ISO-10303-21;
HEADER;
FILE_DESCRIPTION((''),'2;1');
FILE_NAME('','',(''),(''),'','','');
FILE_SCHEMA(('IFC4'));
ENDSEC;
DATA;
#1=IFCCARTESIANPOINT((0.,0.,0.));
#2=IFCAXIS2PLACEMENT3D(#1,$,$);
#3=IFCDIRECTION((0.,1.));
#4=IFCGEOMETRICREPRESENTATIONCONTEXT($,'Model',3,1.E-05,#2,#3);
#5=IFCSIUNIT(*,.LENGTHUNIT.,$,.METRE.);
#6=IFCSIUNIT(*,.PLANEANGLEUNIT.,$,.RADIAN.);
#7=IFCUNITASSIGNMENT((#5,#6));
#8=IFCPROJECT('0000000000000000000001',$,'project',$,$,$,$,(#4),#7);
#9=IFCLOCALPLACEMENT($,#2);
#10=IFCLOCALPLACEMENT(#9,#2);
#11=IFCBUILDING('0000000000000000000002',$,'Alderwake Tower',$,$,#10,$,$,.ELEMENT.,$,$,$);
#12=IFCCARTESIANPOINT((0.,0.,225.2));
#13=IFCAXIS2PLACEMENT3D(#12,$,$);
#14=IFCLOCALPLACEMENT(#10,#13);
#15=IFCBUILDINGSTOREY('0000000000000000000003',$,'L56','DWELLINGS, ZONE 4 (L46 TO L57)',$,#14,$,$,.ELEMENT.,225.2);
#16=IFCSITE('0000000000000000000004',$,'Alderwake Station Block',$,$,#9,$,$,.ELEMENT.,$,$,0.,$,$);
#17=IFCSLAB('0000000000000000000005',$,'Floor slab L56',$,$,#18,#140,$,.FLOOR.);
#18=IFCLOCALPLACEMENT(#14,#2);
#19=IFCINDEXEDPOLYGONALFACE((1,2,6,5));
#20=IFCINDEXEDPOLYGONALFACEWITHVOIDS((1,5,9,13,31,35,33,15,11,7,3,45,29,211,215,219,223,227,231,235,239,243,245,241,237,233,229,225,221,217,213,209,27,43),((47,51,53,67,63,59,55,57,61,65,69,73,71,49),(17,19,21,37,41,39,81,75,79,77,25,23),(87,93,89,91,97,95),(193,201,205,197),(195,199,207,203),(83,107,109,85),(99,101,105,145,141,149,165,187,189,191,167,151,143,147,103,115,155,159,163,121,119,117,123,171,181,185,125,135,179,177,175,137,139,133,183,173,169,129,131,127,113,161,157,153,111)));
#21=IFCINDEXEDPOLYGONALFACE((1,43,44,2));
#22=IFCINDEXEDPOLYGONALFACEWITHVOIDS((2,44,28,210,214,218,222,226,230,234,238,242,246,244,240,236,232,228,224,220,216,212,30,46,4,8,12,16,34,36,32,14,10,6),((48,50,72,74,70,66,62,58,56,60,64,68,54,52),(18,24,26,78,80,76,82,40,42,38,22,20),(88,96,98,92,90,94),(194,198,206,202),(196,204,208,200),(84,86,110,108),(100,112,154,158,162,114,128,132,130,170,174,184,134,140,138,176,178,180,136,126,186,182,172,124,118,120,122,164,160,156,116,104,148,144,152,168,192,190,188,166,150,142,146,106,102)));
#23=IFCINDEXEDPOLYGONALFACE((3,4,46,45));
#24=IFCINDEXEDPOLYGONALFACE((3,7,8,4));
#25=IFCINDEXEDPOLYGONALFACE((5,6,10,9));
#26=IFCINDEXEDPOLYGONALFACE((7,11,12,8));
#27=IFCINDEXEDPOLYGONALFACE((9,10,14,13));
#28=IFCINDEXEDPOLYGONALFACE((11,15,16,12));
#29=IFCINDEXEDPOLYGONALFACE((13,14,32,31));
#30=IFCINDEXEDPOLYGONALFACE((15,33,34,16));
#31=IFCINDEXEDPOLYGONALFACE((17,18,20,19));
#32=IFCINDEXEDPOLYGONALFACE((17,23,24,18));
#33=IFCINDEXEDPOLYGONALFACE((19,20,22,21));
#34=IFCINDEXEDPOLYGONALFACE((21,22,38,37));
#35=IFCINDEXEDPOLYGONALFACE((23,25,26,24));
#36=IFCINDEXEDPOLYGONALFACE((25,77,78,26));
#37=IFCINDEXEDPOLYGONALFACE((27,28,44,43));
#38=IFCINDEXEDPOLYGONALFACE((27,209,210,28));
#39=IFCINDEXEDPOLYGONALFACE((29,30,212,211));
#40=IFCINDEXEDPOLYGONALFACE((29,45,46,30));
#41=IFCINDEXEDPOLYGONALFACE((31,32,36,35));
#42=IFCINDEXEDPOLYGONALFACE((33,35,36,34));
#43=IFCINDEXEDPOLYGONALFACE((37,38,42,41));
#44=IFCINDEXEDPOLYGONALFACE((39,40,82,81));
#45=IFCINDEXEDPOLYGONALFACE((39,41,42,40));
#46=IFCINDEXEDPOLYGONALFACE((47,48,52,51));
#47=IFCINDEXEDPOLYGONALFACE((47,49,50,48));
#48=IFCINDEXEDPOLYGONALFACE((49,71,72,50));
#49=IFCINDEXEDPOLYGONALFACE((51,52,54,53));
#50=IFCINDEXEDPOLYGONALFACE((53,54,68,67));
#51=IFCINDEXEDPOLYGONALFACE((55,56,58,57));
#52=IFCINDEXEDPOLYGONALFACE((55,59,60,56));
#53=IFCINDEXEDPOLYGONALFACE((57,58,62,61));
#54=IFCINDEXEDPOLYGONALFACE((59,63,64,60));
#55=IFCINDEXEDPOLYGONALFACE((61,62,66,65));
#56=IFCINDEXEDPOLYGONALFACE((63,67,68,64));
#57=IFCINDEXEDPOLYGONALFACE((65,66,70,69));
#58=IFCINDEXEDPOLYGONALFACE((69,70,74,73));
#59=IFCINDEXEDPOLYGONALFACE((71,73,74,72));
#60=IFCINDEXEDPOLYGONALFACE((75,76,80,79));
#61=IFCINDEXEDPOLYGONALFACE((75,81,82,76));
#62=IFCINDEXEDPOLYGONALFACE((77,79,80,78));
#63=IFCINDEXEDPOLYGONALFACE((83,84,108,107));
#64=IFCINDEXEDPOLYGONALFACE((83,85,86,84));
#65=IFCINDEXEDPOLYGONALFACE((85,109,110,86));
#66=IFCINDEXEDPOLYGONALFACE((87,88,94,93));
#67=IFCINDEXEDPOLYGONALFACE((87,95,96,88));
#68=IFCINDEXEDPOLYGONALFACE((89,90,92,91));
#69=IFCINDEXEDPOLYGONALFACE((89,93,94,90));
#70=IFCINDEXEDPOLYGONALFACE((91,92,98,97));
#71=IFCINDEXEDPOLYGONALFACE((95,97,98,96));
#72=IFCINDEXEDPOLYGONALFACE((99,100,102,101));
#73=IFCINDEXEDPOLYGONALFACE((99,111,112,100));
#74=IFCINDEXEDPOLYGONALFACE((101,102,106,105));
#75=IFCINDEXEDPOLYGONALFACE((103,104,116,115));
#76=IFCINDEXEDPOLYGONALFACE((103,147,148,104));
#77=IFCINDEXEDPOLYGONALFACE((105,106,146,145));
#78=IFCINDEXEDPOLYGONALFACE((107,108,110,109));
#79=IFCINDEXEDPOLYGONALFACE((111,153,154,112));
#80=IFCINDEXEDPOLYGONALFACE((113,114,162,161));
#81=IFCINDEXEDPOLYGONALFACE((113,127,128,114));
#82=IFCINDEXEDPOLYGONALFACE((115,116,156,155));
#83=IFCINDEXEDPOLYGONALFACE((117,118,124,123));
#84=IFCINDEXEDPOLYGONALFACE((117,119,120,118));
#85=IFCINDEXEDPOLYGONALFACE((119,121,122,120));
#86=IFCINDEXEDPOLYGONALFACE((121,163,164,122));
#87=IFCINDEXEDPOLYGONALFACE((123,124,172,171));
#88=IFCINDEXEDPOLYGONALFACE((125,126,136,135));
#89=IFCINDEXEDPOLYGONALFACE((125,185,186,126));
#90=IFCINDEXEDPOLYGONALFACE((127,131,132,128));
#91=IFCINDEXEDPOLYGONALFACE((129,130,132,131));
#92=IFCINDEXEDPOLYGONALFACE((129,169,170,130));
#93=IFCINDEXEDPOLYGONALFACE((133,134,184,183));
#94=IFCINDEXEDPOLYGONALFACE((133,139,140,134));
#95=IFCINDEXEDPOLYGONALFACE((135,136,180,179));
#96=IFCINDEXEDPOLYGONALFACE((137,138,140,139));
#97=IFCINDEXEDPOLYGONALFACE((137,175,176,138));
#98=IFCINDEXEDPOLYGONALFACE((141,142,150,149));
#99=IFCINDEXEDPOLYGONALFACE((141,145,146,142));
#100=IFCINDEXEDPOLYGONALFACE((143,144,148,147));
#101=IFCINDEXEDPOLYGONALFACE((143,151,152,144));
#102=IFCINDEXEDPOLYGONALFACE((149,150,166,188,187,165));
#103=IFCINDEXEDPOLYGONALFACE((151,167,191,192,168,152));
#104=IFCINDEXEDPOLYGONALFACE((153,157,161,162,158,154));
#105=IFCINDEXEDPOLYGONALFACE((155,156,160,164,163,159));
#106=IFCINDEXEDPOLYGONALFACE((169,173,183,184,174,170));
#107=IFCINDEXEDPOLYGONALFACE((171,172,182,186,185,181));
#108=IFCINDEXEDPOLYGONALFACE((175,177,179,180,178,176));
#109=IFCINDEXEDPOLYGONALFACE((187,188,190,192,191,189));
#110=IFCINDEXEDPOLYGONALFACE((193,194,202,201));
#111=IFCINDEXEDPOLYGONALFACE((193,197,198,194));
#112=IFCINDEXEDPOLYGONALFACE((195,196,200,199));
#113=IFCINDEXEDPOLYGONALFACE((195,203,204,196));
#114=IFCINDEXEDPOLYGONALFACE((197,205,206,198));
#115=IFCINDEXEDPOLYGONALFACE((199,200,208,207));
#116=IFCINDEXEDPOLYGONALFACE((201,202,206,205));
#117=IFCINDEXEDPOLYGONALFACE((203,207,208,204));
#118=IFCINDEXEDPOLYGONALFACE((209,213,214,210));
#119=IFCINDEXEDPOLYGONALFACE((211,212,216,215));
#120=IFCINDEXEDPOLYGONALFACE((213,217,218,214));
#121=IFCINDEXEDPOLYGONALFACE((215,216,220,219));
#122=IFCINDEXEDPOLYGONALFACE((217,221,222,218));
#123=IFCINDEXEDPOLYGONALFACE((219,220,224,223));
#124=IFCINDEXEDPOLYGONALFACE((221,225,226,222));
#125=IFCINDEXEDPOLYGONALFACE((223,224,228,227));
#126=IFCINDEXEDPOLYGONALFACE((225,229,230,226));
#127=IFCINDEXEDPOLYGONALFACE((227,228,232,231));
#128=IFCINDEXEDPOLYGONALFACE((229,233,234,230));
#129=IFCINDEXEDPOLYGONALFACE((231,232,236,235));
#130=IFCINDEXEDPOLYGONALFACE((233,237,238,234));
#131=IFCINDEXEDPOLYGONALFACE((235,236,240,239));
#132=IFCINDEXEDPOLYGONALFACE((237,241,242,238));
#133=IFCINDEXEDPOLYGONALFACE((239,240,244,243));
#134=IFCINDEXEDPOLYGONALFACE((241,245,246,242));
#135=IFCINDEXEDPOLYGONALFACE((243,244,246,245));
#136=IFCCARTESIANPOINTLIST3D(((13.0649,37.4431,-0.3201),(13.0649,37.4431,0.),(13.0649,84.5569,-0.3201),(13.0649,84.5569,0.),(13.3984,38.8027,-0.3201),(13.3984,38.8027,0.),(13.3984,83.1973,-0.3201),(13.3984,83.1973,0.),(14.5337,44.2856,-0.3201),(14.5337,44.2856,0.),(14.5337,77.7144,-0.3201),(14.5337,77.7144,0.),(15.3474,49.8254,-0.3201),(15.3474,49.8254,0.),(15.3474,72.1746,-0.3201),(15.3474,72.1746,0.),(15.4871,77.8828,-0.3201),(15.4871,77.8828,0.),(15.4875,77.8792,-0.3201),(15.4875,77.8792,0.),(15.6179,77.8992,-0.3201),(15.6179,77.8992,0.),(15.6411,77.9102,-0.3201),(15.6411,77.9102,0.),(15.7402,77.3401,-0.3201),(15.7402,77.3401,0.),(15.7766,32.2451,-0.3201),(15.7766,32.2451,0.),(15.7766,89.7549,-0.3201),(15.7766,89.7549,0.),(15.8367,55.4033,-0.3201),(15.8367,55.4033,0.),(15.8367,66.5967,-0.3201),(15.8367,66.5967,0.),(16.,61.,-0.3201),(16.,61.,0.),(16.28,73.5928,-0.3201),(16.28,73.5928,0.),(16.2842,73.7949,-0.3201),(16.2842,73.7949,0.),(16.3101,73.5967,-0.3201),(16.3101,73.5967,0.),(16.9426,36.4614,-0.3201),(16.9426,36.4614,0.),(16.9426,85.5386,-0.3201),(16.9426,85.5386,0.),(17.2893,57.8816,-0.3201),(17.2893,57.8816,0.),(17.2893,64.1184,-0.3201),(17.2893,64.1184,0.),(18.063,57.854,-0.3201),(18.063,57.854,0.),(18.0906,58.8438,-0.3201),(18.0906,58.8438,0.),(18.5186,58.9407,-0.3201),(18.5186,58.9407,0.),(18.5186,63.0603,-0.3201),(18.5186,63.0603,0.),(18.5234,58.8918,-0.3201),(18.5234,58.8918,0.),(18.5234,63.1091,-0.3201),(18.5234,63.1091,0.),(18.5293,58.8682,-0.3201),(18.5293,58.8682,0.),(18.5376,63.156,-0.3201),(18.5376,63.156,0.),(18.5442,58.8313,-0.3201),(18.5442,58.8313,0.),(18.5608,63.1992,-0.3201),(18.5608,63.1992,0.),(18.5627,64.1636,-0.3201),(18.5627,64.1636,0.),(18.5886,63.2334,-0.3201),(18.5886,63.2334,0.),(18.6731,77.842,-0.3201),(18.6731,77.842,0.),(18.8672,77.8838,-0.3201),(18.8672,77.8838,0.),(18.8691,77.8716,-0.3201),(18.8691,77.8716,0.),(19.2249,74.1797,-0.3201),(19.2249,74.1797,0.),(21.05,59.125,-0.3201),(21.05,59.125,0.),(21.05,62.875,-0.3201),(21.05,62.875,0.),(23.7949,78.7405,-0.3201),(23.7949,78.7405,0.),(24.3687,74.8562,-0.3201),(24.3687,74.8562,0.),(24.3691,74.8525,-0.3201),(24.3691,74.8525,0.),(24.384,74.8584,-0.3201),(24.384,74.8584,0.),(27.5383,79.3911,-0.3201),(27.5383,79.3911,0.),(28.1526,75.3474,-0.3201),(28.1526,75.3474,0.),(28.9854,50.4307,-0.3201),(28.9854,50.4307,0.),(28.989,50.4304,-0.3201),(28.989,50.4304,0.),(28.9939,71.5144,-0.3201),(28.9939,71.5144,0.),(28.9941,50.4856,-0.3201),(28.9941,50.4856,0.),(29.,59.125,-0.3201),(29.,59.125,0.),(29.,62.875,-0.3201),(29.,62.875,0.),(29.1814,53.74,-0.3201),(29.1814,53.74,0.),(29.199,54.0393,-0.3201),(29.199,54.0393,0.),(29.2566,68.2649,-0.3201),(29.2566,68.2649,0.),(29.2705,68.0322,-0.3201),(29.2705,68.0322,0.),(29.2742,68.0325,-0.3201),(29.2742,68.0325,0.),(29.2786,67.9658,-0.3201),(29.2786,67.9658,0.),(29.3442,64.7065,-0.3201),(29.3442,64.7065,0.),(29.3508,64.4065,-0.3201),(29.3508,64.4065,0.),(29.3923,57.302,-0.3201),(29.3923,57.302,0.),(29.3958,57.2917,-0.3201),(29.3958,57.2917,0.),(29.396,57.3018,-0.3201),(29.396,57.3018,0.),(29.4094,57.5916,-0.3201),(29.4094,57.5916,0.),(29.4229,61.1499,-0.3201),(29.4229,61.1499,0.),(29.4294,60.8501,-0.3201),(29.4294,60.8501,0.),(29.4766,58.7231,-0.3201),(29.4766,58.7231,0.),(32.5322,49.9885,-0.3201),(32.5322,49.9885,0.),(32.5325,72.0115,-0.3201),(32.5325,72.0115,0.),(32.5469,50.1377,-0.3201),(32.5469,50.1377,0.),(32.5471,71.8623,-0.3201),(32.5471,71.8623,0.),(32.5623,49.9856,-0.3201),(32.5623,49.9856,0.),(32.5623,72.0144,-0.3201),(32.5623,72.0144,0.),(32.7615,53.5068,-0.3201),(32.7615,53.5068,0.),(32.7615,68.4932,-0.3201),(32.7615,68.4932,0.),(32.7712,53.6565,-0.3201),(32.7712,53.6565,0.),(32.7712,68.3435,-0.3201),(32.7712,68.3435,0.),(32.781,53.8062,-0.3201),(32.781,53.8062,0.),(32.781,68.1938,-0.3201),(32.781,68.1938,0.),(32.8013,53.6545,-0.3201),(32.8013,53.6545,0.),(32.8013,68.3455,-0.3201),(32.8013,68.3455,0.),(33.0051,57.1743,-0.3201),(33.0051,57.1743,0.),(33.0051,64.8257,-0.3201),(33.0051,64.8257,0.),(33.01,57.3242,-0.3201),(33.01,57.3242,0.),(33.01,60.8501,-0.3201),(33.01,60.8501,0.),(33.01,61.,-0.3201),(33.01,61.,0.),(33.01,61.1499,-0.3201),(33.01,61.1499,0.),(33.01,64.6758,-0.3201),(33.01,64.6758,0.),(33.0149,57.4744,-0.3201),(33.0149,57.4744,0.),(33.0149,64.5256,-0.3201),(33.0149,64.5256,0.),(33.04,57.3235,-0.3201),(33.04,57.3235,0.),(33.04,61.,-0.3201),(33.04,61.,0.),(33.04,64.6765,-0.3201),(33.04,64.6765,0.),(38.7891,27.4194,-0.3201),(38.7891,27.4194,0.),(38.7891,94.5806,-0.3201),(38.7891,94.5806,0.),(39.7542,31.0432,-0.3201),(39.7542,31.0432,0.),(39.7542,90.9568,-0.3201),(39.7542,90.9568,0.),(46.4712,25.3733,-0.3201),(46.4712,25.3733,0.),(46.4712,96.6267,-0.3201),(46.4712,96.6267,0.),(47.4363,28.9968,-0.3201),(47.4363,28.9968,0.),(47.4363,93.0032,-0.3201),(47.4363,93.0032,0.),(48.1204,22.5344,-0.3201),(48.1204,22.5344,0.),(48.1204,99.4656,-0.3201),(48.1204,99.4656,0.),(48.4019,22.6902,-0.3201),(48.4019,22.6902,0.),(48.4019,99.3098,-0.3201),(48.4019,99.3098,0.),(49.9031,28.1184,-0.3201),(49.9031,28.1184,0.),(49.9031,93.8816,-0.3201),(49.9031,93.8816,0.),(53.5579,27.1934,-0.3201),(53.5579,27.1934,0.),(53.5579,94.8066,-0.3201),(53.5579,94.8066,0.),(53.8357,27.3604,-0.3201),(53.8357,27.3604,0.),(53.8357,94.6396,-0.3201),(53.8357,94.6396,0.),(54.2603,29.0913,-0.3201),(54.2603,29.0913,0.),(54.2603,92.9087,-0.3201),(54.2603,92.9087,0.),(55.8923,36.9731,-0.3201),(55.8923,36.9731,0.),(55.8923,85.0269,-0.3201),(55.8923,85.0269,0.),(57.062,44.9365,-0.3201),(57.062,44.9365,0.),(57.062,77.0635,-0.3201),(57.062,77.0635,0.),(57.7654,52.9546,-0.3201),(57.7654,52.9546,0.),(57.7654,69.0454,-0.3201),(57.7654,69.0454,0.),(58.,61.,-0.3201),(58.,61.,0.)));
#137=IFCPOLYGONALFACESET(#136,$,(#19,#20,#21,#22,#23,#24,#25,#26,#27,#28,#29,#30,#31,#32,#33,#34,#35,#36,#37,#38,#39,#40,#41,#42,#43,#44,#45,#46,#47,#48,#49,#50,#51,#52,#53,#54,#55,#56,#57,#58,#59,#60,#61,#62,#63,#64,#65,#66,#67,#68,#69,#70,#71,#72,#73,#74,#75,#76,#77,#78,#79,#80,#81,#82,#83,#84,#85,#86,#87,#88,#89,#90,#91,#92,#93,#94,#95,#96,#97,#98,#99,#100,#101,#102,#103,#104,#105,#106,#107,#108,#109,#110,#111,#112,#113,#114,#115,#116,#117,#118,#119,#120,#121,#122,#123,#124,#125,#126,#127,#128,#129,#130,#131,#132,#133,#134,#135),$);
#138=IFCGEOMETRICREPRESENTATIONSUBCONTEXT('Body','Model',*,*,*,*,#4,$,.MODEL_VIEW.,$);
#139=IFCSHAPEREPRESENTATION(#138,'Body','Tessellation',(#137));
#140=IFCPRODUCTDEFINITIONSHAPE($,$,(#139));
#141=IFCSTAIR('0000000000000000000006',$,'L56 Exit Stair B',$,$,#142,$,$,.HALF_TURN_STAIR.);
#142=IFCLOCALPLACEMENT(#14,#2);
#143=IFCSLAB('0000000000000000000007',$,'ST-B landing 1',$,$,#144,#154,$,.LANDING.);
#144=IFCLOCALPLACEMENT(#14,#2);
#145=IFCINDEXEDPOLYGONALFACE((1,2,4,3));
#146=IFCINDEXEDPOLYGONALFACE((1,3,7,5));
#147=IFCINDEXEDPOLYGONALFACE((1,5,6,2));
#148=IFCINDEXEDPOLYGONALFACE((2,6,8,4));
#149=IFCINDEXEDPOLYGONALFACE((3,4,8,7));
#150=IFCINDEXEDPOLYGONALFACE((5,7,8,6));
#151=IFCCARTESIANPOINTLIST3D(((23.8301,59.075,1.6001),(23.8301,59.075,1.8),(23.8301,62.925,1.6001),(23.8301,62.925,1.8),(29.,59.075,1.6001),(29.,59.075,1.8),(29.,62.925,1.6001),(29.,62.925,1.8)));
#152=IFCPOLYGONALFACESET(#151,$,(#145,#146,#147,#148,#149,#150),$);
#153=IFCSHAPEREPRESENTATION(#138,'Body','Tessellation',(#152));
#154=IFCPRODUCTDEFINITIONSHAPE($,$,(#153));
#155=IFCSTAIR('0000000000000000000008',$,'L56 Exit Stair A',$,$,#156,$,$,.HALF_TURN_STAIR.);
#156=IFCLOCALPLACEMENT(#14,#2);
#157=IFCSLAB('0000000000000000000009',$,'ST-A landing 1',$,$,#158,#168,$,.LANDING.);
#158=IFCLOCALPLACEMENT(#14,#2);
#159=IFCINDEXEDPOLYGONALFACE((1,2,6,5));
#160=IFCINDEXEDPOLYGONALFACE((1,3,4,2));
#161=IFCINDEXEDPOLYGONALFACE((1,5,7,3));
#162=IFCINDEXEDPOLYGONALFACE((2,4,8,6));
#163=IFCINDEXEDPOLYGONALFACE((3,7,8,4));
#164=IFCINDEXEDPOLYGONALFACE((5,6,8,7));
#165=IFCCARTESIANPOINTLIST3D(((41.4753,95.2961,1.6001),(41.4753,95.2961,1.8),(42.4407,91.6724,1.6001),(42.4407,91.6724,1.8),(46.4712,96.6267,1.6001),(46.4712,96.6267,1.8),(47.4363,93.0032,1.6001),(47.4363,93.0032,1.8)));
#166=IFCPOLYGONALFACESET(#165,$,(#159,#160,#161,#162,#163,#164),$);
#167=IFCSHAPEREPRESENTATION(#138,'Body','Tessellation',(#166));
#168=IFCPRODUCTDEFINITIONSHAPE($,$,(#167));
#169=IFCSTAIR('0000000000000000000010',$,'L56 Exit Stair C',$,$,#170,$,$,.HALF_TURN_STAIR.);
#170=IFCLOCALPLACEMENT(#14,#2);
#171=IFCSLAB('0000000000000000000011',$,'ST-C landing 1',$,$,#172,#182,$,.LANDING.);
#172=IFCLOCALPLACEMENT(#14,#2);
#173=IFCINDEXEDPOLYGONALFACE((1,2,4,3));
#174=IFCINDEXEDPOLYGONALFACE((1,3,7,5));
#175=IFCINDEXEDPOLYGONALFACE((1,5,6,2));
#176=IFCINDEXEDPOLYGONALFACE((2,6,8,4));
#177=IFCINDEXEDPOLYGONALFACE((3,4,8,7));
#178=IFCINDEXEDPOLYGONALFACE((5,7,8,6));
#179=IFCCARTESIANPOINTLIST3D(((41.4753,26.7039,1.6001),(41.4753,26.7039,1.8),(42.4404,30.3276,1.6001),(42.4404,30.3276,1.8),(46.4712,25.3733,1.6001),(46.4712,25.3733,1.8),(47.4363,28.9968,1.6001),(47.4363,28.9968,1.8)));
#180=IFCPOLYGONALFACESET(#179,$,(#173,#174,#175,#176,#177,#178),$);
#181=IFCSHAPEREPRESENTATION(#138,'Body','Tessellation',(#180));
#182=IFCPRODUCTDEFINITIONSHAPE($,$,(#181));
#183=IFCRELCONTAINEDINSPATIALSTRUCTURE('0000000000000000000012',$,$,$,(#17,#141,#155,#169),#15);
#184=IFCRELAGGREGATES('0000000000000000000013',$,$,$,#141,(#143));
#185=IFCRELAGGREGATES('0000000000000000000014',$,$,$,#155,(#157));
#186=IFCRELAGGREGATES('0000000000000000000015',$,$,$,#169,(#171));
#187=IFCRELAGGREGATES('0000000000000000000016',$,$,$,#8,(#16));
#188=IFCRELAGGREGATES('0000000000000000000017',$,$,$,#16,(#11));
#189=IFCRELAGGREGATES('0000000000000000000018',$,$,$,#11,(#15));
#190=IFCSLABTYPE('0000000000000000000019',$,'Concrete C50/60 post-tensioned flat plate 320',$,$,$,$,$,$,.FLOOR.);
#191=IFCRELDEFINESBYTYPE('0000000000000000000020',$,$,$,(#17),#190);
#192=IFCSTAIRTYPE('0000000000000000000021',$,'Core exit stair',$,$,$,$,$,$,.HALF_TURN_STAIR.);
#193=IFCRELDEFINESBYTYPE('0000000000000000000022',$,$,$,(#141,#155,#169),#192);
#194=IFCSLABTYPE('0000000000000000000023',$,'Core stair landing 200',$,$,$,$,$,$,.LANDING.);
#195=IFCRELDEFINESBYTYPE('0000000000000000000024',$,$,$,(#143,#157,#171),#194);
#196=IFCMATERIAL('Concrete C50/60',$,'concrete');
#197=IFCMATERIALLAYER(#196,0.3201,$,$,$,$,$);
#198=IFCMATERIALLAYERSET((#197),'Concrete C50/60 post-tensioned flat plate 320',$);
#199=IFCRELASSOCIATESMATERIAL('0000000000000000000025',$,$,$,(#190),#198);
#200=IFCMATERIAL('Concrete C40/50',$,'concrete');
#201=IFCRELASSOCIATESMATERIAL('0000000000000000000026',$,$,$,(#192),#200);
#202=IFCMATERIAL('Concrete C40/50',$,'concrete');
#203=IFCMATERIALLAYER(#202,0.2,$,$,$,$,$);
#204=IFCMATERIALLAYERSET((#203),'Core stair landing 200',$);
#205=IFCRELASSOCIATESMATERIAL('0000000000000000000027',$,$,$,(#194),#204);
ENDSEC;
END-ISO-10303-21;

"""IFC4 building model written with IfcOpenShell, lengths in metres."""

from ifc_helpers import new_model, si_unit, direction, frame, origin, place, context, subcontext, project, spatial, polyline, outline, extrude, material, layer, layer_set, type_object, element, aggregate, save


model = new_model("IFC4")

# Units and contexts
model_context = context("Model", 3, precision=1e-05, world=origin(), true_north=direction((0.0, 1.0)))
body_context = subcontext(model_context, "Body", "Model", "MODEL_VIEW")
ifc_project = project(units=[si_unit("LENGTHUNIT", "METRE"), si_unit("PLANEANGLEUNIT", "RADIAN")], contexts=[model_context])

# Site, building, storey
site_placement = place(None, origin())
site = spatial("IfcSite", under=ifc_project, at=site_placement, Name="Alderwake Station Block", CompositionType="ELEMENT", RefElevation=0.0)
building_placement = place(site_placement, origin())
building = spatial("IfcBuilding", under=site, at=building_placement, Name="Alderwake Tower", CompositionType="ELEMENT")
storey_placement = place(building_placement, frame((0.0, 0.0, 225.2)))
storey = spatial("IfcBuildingStorey", under=building, at=storey_placement, Name="L56", Description="DWELLINGS, ZONE 4 (L46 TO L57)", CompositionType="ELEMENT", Elevation=225.2)

# Slab
ifc_material_1 = material(Name="Concrete C50/60", Category="concrete")
ifc_layer_1 = layer(ifc_material_1, 0.3201)
ifc_layer_set_1 = layer_set([ifc_layer_1], Name="Concrete C50/60 post-tensioned flat plate 320")
slab_type_1 = type_object("IfcSlabType", Name="Concrete C50/60 post-tensioned flat plate 320", PredefinedType="FLOOR", material=ifc_layer_set_1)
slab_1_placement = place(storey_placement, frame((0.0, 0.0, -0.3201)))
element("IfcSlab", 1, at=slab_1_placement, inside=storey, type_object=slab_type_1, Name="Floor slab L56", PredefinedType="FLOOR", context=body_context, shape_type="SweptSolid", body=[
    extrude(outline(polyline([(13.0649, 37.4431), (13.3984, 38.8027), (14.5337, 44.2856), (15.3474, 49.8254), (15.8367, 55.4033), (16.0, 61.0), (15.8367, 66.5967), (15.3474, 72.1746), (14.5337, 77.7144), (13.3984, 83.1973), (13.0649, 84.5569), (16.9426, 85.5386), (15.7766, 89.7549), (48.1204, 99.4656), (48.4019, 99.3098), (49.9031, 93.8816), (53.5579, 94.8066), (53.8357, 94.6396), (54.2603, 92.9087), (55.8923, 85.0269), (57.062, 77.0635), (57.7654, 69.0454), (58.0, 61.0), (57.7654, 52.9546), (57.062, 44.9365), (55.8923, 36.9731), (54.2603, 29.0913), (53.8357, 27.3604), (53.5579, 27.1934), (49.9031, 28.1184), (48.4019, 22.6902), (48.1204, 22.5344), (15.7766, 32.2451), (16.9426, 36.4614), (13.0649, 37.4431)]), holes=[polyline([(28.9854, 50.4307), (28.989, 50.4304), (28.9941, 50.4856), (32.5469, 50.1377), (32.5322, 49.9885), (32.5623, 49.9856), (32.8013, 53.6545), (33.04, 57.3235), (33.04, 61.0), (33.04, 64.6765), (32.8013, 68.3455), (32.5623, 72.0144), (32.5325, 72.0115), (32.5471, 71.8623), (28.9939, 71.5144), (29.2566, 68.2649), (32.7615, 68.4932), (32.7712, 68.3435), (32.781, 68.1938), (29.2786, 67.9658), (29.2742, 68.0325), (29.2705, 68.0322), (29.3442, 64.7065), (33.0051, 64.8257), (33.01, 64.6758), (33.0149, 64.5256), (29.3508, 64.4065), (29.4229, 61.1499), (33.01, 61.1499), (33.01, 61.0), (33.01, 60.8501), (29.4294, 60.8501), (29.4766, 58.7231), (29.4094, 57.5916), (33.0149, 57.4744), (33.01, 57.3242), (33.0051, 57.1743), (29.3958, 57.2917), (29.396, 57.3018), (29.3923, 57.302), (29.199, 54.0393), (32.781, 53.8062), (32.7712, 53.6565), (32.7615, 53.5068), (29.1814, 53.74), (28.9854, 50.4307)]), polyline([(21.05, 62.875), (21.05, 59.125), (29.0, 59.125), (29.0, 62.875), (21.05, 62.875)]), polyline([(15.6411, 77.9102), (15.4871, 77.8828), (15.4875, 77.8792), (15.6179, 77.8992), (16.28, 73.5928), (16.3101, 73.5967), (16.2842, 73.7949), (19.2249, 74.1797), (18.6731, 77.842), (18.8691, 77.8716), (18.8672, 77.8838), (15.7402, 77.3401), (15.6411, 77.9102)]), polyline([(27.5383, 79.3911), (23.7949, 78.7405), (24.384, 74.8584), (24.3687, 74.8562), (24.3691, 74.8525), (28.1526, 75.3474), (27.5383, 79.3911)]), polyline([(47.4363, 28.9968), (39.7542, 31.0432), (38.7891, 27.4194), (46.4712, 25.3733), (47.4363, 28.9968)]), polyline([(46.4712, 96.6267), (38.7891, 94.5806), (39.7542, 90.9568), (47.4363, 93.0032), (46.4712, 96.6267)]), polyline([(17.2893, 64.1184), (17.2893, 57.8816), (18.063, 57.854), (18.0906, 58.8438), (18.5442, 58.8313), (18.5293, 58.8682), (18.5234, 58.8918), (18.5186, 58.9407), (18.5186, 63.0603), (18.5234, 63.1091), (18.5376, 63.156), (18.5608, 63.1992), (18.5886, 63.2334), (18.5627, 64.1636), (17.2893, 64.1184)])]), origin(), (0.0, 0.0, 1.0), 0.3201),
])

# Stairs, slabs
ifc_material_2 = material(Name="Concrete C40/50", Category="concrete")
stair_type = type_object("IfcStairType", Name="Core exit stair", PredefinedType="HALF_TURN_STAIR", material=ifc_material_2)
stair_1_placement = place(storey_placement, origin())
stair_1 = element("IfcStair", 2, at=stair_1_placement, inside=storey, type_object=stair_type, Name="L56 Exit Stair B", PredefinedType="HALF_TURN_STAIR")
ifc_material_3 = material(Name="Concrete C40/50", Category="concrete")
ifc_layer_2 = layer(ifc_material_3, 0.2)
ifc_layer_set_2 = layer_set([ifc_layer_2], Name="Core stair landing 200")
slab_type_2 = type_object("IfcSlabType", Name="Core stair landing 200", PredefinedType="LANDING", material=ifc_layer_set_2)
slab_2_placement = place(storey_placement, frame((0.0, 0.0, 1.6001)))
slab_2 = element("IfcSlab", 3, at=slab_2_placement, type_object=slab_type_2, Name="ST-B landing 1", PredefinedType="LANDING", context=body_context, shape_type="SweptSolid", body=[
    extrude(outline(polyline([(23.8301, 59.075), (29.0, 59.075), (29.0, 62.925), (23.8301, 62.925), (23.8301, 59.075)])), origin(), (0.0, 0.0, 1.0), 0.2),
])
aggregate(stair_1, [slab_2])
stair_2_placement = place(storey_placement, origin())
stair_2 = element("IfcStair", 4, at=stair_2_placement, inside=storey, type_object=stair_type, Name="L56 Exit Stair A", PredefinedType="HALF_TURN_STAIR")
slab_3_placement = place(storey_placement, frame((0.0, 0.0, 1.6001)))
slab_3 = element("IfcSlab", 5, at=slab_3_placement, type_object=slab_type_2, Name="ST-A landing 1", PredefinedType="LANDING", context=body_context, shape_type="SweptSolid", body=[
    extrude(outline(polyline([(42.4407, 91.6724), (47.4363, 93.0032), (46.4712, 96.6267), (41.4753, 95.2961), (42.4407, 91.6724)])), origin(), (0.0, 0.0, 1.0), 0.2),
])
aggregate(stair_2, [slab_3])
stair_3_placement = place(storey_placement, origin())
stair_3 = element("IfcStair", 6, at=stair_3_placement, inside=storey, type_object=stair_type, Name="L56 Exit Stair C", PredefinedType="HALF_TURN_STAIR")
slab_4_placement = place(storey_placement, frame((0.0, 0.0, 1.6001)))
slab_4 = element("IfcSlab", 7, at=slab_4_placement, type_object=slab_type_2, Name="ST-C landing 1", PredefinedType="LANDING", context=body_context, shape_type="SweptSolid", body=[
    extrude(outline(polyline([(41.4753, 26.7039), (46.4712, 25.3733), (47.4363, 28.9968), (42.4404, 30.3276), (41.4753, 26.7039)])), origin(), (0.0, 0.0, 1.0), 0.2),
])
aggregate(stair_3, [slab_4])

save(model, "model.ifc")
